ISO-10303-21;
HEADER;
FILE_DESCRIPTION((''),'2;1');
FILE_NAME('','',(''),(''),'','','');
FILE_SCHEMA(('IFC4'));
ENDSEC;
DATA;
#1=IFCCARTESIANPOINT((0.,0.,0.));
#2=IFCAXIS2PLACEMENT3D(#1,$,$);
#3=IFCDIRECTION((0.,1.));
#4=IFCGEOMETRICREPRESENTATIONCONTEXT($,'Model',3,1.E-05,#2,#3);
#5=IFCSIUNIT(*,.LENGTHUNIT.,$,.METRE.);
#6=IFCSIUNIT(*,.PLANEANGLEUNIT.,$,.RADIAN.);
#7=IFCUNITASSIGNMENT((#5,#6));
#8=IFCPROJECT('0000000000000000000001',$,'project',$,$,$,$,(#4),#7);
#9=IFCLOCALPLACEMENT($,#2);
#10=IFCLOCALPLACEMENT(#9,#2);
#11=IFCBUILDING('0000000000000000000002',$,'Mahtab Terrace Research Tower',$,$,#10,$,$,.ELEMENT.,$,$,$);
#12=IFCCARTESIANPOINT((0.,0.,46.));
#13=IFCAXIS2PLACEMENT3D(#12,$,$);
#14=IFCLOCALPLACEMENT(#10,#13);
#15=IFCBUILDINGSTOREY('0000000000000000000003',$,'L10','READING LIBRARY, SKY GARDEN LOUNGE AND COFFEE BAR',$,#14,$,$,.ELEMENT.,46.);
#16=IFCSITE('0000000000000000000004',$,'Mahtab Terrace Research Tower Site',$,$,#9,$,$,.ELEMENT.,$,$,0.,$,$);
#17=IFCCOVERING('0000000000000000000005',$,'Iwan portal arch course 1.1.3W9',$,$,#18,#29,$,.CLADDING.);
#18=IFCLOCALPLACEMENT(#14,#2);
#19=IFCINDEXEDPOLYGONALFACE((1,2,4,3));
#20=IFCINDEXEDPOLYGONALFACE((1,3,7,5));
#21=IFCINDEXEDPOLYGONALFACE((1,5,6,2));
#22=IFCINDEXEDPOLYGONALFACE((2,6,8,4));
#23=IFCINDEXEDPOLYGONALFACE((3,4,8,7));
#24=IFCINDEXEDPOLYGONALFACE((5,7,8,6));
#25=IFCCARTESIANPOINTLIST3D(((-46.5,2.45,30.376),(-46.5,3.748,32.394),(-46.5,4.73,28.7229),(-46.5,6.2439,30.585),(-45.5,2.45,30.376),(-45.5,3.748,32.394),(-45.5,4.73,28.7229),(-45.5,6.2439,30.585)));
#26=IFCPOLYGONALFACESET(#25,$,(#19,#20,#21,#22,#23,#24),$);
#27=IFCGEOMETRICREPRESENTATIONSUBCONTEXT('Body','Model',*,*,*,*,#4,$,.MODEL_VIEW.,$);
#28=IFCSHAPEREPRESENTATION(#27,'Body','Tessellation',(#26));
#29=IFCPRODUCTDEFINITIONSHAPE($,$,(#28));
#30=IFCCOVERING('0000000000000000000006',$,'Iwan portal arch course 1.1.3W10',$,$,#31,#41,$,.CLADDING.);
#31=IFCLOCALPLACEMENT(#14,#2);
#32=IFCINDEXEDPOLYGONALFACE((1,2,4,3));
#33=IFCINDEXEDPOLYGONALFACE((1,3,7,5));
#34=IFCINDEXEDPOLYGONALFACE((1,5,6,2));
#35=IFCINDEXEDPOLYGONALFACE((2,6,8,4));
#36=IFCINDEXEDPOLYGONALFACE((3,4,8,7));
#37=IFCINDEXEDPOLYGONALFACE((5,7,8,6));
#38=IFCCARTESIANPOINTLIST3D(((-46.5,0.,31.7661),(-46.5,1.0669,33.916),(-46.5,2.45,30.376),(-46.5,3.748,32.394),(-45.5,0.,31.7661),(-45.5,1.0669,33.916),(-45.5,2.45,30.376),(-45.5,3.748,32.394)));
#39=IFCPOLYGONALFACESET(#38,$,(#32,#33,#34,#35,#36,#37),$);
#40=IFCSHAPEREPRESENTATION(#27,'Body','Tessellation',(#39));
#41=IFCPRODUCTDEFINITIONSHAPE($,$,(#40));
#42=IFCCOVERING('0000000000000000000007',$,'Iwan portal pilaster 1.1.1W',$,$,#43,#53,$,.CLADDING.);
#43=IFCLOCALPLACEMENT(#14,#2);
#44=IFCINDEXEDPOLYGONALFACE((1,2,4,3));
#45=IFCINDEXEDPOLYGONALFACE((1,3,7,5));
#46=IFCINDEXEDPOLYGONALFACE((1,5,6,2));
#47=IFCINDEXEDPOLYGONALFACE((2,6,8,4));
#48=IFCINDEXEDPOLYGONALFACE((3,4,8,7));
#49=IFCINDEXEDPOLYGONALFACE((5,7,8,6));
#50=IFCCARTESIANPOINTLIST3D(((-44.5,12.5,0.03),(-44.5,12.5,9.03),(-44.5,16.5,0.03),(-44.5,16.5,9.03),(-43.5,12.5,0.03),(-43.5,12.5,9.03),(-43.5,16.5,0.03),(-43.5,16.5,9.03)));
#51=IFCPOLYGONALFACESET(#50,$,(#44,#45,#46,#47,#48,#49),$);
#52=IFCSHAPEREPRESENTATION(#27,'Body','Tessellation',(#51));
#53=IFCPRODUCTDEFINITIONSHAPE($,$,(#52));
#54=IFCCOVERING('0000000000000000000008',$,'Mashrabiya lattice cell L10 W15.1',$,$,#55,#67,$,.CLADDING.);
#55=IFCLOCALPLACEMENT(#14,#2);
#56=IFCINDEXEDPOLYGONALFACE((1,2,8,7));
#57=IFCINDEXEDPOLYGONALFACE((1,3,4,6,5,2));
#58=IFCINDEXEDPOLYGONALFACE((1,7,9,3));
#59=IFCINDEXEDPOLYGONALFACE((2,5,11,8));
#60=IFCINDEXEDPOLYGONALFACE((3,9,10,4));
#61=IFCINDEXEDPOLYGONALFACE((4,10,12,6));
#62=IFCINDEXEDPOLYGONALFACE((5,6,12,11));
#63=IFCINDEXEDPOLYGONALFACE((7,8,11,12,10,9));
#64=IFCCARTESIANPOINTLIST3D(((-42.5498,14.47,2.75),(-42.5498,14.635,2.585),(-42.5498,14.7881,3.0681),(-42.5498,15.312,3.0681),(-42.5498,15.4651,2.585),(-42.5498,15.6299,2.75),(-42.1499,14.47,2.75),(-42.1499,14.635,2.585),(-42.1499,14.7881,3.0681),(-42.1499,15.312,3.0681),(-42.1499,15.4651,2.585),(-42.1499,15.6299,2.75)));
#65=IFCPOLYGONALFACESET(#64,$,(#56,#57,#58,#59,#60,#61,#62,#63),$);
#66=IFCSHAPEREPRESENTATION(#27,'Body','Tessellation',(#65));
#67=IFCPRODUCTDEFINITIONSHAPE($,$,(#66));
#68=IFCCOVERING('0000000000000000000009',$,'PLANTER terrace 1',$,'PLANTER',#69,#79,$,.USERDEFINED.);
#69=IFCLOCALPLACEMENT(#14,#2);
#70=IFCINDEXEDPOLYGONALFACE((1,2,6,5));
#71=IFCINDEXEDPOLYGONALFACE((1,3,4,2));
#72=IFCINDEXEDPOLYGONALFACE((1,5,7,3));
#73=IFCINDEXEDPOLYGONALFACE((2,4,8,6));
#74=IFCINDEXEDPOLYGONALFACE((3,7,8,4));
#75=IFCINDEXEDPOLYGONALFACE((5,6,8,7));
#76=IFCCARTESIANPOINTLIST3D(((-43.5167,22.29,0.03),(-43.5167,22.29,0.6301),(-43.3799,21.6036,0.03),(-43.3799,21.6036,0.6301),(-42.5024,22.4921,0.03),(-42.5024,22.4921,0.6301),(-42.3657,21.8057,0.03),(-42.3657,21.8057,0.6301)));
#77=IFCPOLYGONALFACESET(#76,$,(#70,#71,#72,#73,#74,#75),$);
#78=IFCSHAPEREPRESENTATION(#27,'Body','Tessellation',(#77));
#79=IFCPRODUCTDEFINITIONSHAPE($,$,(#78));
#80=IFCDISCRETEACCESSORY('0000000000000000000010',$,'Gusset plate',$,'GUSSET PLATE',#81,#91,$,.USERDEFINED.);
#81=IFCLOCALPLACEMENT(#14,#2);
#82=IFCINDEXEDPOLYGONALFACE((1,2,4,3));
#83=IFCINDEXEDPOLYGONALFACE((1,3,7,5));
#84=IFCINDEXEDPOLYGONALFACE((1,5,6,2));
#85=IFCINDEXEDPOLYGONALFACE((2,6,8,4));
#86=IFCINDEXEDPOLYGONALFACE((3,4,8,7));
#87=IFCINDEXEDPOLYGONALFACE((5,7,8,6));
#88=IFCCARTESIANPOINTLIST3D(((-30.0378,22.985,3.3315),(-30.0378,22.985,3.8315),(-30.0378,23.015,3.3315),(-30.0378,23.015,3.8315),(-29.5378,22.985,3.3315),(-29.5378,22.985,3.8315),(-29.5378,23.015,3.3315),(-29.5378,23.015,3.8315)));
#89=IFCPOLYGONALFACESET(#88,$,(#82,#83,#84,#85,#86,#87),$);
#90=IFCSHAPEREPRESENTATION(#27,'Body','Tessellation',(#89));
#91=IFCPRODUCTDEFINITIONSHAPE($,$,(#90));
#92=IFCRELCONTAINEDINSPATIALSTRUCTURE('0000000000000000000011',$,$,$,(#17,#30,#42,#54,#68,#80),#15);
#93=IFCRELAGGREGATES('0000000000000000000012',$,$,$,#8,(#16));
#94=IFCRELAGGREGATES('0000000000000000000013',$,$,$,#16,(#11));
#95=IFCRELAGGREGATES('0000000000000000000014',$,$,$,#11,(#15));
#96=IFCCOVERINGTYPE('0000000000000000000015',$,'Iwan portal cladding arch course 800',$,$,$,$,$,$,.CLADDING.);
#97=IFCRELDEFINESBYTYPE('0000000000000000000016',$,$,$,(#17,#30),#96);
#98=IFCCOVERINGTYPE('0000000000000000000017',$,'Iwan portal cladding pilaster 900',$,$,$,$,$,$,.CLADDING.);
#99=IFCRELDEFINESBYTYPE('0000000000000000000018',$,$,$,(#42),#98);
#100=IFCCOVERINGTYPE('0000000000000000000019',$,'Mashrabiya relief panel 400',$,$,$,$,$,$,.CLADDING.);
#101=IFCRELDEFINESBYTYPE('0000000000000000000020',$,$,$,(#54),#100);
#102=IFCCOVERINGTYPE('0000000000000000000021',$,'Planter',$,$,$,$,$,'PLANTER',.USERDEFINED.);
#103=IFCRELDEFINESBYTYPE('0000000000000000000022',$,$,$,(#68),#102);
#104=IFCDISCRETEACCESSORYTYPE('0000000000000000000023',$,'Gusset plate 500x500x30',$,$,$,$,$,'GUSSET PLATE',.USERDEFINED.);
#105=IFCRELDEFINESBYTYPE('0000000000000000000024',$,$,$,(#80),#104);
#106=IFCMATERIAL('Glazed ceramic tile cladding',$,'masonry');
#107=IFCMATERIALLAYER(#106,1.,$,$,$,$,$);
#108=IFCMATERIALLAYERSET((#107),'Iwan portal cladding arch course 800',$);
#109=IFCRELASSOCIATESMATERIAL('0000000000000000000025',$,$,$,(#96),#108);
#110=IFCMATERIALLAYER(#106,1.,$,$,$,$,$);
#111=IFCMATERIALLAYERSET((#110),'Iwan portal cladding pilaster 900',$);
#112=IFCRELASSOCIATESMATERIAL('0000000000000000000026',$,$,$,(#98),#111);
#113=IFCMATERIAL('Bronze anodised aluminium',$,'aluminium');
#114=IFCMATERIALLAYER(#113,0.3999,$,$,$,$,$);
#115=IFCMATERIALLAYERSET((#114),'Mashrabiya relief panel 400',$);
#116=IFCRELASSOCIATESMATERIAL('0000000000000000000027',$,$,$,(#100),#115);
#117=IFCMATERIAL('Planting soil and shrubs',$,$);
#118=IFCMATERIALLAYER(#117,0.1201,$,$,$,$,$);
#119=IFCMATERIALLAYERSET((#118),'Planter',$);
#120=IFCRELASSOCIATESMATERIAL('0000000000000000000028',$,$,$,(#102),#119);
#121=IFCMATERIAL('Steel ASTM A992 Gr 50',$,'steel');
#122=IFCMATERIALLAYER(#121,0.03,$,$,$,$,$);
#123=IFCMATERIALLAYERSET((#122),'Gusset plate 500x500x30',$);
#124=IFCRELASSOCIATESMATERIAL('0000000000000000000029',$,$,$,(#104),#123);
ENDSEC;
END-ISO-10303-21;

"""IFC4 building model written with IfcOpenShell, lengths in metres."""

from ifc_helpers import new_model, si_unit, direction, frame, origin, origin_2d, place, context, subcontext, project, spatial, polyline, rectangle, outline, extrude, material, layer, layer_set, type_object, element, save


model = new_model("IFC4")

# Units and contexts
model_context = context("Model", 3, precision=1e-05, world=origin(), true_north=direction((0.0, 1.0)))
body_context = subcontext(model_context, "Body", "Model", "MODEL_VIEW")
ifc_project = project(units=[si_unit("LENGTHUNIT", "METRE"), si_unit("PLANEANGLEUNIT", "RADIAN")], contexts=[model_context])

# Site, building, storey
site_placement = place(None, origin())
site = spatial("IfcSite", under=ifc_project, at=site_placement, Name="Mahtab Terrace Research Tower Site", CompositionType="ELEMENT", RefElevation=0.0)
building_placement = place(site_placement, origin())
building = spatial("IfcBuilding", under=site, at=building_placement, Name="Mahtab Terrace Research Tower", CompositionType="ELEMENT")
storey_placement = place(building_placement, frame((0.0, 0.0, 46.0)))
storey = spatial("IfcBuildingStorey", under=building, at=storey_placement, Name="L10", Description="READING LIBRARY, SKY GARDEN LOUNGE AND COFFEE BAR", CompositionType="ELEMENT", Elevation=46.0)

# Coverings
ifc_material_1 = material(Name="Glazed ceramic tile cladding", Category="masonry")
ifc_layer_1 = layer(ifc_material_1, 1.0)
ifc_layer_set_1 = layer_set([ifc_layer_1], Name="Iwan portal cladding arch course 800")
covering_type_1 = type_object("IfcCoveringType", Name="Iwan portal cladding arch course 800", PredefinedType="CLADDING", material=ifc_layer_set_1)
covering_1_placement = place(storey_placement, frame((-45.5, 6.2439, 30.585), z_axis=(1.0, 0.0, 0.0), x_axis=(0.0, -0.809673, 0.586881)))
element("IfcCovering", 1, at=covering_1_placement, inside=storey, type_object=covering_type_1, Name="Iwan portal arch course 1.1.3W9", PredefinedType="CLADDING", context=body_context, shape_type="SweptSolid", body=[
    extrude(outline(polyline([(0.0, 0.0), (3.0825, 0.0), (2.9492, 2.3958), (0.133, 2.3961), (0.0, 0.0)])), origin(), (0.0, 0.0, -1.0), 1.0),
])
covering_2_placement = place(storey_placement, frame((-45.5, 3.748, 32.394), z_axis=(1.0, 0.0, 0.0), x_axis=(0.0, -0.869653, 0.493664)))
element("IfcCovering", 2, at=covering_2_placement, inside=storey, type_object=covering_type_1, Name="Iwan portal arch course 1.1.3W10", PredefinedType="CLADDING", context=body_context, shape_type="SweptSolid", body=[
    extrude(outline(polyline([(0.0, 0.0), (3.083, 0.0), (2.9495, 2.3964), (0.1326, 2.3958), (0.0, 0.0)])), origin(), (0.0, 0.0, -1.0), 1.0),
])
ifc_layer_2 = layer(ifc_material_1, 1.0)
ifc_layer_set_2 = layer_set([ifc_layer_2], Name="Iwan portal cladding pilaster 900")
covering_type_2 = type_object("IfcCoveringType", Name="Iwan portal cladding pilaster 900", PredefinedType="CLADDING", material=ifc_layer_set_2)
covering_3_placement = place(storey_placement, frame((-44.0, 14.5, 0.03), z_axis=(0.0, 0.0, 1.0), x_axis=(0.0, -1.0, 0.0)))
element("IfcCovering", 3, at=covering_3_placement, inside=storey, type_object=covering_type_2, Name="Iwan portal pilaster 1.1.1W", PredefinedType="CLADDING", context=body_context, shape_type="SweptSolid", body=[
    extrude(rectangle(XDim=4.0, YDim=1.0, at=origin_2d()), origin(), (0.0, 0.0, 1.0), 9.0),
])
ifc_material_2 = material(Name="Bronze anodised aluminium", Category="aluminium")
ifc_layer_3 = layer(ifc_material_2, 0.3999)
ifc_layer_set_3 = layer_set([ifc_layer_3], Name="Mashrabiya relief panel 400")
covering_type_3 = type_object("IfcCoveringType", Name="Mashrabiya relief panel 400", PredefinedType="CLADDING", material=ifc_layer_set_3)
covering_4_placement = place(storey_placement, frame((-42.1499, 15.6299, 2.75), z_axis=(1.0, 0.0, 0.0), x_axis=(0.0, -0.706835, 0.707378)))
element("IfcCovering", 4, at=covering_4_placement, inside=storey, type_object=covering_type_3, Name="Mashrabiya lattice cell L10 W15.1", PredefinedType="CLADDING", context=body_context, shape_type="SweptSolid", body=[
    extrude(outline(polyline([(0.0, 0.0), (0.4497, 0.0), (0.82, 0.3706), (0.8199, 0.8205), (0.5865, 0.8204), (-0.0003, 0.2332), (0.0, 0.0)])), origin(), (0.0, 0.0, -1.0), 0.3999),
])
ifc_material_3 = material(Name="Planting soil and shrubs")
ifc_layer_4 = layer(ifc_material_3, 0.1201)
ifc_layer_set_4 = layer_set([ifc_layer_4], Name="Planter")
covering_type_4 = type_object("IfcCoveringType", Name="Planter", ElementType="PLANTER", PredefinedType="USERDEFINED", material=ifc_layer_set_4)
covering_5_placement = place(storey_placement, frame((-42.9412, 22.0479, 0.03), z_axis=(0.0, 0.0, 1.0), x_axis=(-0.980725, -0.195395, 0.0)))
element("IfcCovering", 5, at=covering_5_placement, inside=storey, type_object=covering_type_4, Name="PLANTER terrace 1", ObjectType="PLANTER", PredefinedType="USERDEFINED", context=body_context, shape_type="SweptSolid", body=[
    extrude(rectangle(XDim=1.0342, YDim=0.7, at=origin_2d()), origin(), (0.0, 0.0, 1.0), 0.6001),
])

# Discrete accessory
ifc_material_4 = material(Name="Steel ASTM A992 Gr 50", Category="steel")
ifc_layer_5 = layer(ifc_material_4, 0.03)
ifc_layer_set_5 = layer_set([ifc_layer_5], Name="Gusset plate 500x500x30")
discrete_accessory_type = type_object("IfcDiscreteAccessoryType", Name="Gusset plate 500x500x30", ElementType="GUSSET PLATE", PredefinedType="USERDEFINED", material=ifc_layer_set_5)
discrete_accessory_placement = place(storey_placement, frame((-29.7878, 23.0, 3.3315), z_axis=(0.0, 0.0, 1.0), x_axis=(1.0, 0.0, 0.0)))
element("IfcDiscreteAccessory", 6, at=discrete_accessory_placement, inside=storey, type_object=discrete_accessory_type, Name="Gusset plate", ObjectType="GUSSET PLATE", PredefinedType="USERDEFINED", context=body_context, shape_type="SweptSolid", body=[
    extrude(rectangle(XDim=0.5, YDim=0.03, at=origin_2d()), origin(), (0.0, 0.0, 1.0), 0.5),
])

save(model, "model.ifc")
